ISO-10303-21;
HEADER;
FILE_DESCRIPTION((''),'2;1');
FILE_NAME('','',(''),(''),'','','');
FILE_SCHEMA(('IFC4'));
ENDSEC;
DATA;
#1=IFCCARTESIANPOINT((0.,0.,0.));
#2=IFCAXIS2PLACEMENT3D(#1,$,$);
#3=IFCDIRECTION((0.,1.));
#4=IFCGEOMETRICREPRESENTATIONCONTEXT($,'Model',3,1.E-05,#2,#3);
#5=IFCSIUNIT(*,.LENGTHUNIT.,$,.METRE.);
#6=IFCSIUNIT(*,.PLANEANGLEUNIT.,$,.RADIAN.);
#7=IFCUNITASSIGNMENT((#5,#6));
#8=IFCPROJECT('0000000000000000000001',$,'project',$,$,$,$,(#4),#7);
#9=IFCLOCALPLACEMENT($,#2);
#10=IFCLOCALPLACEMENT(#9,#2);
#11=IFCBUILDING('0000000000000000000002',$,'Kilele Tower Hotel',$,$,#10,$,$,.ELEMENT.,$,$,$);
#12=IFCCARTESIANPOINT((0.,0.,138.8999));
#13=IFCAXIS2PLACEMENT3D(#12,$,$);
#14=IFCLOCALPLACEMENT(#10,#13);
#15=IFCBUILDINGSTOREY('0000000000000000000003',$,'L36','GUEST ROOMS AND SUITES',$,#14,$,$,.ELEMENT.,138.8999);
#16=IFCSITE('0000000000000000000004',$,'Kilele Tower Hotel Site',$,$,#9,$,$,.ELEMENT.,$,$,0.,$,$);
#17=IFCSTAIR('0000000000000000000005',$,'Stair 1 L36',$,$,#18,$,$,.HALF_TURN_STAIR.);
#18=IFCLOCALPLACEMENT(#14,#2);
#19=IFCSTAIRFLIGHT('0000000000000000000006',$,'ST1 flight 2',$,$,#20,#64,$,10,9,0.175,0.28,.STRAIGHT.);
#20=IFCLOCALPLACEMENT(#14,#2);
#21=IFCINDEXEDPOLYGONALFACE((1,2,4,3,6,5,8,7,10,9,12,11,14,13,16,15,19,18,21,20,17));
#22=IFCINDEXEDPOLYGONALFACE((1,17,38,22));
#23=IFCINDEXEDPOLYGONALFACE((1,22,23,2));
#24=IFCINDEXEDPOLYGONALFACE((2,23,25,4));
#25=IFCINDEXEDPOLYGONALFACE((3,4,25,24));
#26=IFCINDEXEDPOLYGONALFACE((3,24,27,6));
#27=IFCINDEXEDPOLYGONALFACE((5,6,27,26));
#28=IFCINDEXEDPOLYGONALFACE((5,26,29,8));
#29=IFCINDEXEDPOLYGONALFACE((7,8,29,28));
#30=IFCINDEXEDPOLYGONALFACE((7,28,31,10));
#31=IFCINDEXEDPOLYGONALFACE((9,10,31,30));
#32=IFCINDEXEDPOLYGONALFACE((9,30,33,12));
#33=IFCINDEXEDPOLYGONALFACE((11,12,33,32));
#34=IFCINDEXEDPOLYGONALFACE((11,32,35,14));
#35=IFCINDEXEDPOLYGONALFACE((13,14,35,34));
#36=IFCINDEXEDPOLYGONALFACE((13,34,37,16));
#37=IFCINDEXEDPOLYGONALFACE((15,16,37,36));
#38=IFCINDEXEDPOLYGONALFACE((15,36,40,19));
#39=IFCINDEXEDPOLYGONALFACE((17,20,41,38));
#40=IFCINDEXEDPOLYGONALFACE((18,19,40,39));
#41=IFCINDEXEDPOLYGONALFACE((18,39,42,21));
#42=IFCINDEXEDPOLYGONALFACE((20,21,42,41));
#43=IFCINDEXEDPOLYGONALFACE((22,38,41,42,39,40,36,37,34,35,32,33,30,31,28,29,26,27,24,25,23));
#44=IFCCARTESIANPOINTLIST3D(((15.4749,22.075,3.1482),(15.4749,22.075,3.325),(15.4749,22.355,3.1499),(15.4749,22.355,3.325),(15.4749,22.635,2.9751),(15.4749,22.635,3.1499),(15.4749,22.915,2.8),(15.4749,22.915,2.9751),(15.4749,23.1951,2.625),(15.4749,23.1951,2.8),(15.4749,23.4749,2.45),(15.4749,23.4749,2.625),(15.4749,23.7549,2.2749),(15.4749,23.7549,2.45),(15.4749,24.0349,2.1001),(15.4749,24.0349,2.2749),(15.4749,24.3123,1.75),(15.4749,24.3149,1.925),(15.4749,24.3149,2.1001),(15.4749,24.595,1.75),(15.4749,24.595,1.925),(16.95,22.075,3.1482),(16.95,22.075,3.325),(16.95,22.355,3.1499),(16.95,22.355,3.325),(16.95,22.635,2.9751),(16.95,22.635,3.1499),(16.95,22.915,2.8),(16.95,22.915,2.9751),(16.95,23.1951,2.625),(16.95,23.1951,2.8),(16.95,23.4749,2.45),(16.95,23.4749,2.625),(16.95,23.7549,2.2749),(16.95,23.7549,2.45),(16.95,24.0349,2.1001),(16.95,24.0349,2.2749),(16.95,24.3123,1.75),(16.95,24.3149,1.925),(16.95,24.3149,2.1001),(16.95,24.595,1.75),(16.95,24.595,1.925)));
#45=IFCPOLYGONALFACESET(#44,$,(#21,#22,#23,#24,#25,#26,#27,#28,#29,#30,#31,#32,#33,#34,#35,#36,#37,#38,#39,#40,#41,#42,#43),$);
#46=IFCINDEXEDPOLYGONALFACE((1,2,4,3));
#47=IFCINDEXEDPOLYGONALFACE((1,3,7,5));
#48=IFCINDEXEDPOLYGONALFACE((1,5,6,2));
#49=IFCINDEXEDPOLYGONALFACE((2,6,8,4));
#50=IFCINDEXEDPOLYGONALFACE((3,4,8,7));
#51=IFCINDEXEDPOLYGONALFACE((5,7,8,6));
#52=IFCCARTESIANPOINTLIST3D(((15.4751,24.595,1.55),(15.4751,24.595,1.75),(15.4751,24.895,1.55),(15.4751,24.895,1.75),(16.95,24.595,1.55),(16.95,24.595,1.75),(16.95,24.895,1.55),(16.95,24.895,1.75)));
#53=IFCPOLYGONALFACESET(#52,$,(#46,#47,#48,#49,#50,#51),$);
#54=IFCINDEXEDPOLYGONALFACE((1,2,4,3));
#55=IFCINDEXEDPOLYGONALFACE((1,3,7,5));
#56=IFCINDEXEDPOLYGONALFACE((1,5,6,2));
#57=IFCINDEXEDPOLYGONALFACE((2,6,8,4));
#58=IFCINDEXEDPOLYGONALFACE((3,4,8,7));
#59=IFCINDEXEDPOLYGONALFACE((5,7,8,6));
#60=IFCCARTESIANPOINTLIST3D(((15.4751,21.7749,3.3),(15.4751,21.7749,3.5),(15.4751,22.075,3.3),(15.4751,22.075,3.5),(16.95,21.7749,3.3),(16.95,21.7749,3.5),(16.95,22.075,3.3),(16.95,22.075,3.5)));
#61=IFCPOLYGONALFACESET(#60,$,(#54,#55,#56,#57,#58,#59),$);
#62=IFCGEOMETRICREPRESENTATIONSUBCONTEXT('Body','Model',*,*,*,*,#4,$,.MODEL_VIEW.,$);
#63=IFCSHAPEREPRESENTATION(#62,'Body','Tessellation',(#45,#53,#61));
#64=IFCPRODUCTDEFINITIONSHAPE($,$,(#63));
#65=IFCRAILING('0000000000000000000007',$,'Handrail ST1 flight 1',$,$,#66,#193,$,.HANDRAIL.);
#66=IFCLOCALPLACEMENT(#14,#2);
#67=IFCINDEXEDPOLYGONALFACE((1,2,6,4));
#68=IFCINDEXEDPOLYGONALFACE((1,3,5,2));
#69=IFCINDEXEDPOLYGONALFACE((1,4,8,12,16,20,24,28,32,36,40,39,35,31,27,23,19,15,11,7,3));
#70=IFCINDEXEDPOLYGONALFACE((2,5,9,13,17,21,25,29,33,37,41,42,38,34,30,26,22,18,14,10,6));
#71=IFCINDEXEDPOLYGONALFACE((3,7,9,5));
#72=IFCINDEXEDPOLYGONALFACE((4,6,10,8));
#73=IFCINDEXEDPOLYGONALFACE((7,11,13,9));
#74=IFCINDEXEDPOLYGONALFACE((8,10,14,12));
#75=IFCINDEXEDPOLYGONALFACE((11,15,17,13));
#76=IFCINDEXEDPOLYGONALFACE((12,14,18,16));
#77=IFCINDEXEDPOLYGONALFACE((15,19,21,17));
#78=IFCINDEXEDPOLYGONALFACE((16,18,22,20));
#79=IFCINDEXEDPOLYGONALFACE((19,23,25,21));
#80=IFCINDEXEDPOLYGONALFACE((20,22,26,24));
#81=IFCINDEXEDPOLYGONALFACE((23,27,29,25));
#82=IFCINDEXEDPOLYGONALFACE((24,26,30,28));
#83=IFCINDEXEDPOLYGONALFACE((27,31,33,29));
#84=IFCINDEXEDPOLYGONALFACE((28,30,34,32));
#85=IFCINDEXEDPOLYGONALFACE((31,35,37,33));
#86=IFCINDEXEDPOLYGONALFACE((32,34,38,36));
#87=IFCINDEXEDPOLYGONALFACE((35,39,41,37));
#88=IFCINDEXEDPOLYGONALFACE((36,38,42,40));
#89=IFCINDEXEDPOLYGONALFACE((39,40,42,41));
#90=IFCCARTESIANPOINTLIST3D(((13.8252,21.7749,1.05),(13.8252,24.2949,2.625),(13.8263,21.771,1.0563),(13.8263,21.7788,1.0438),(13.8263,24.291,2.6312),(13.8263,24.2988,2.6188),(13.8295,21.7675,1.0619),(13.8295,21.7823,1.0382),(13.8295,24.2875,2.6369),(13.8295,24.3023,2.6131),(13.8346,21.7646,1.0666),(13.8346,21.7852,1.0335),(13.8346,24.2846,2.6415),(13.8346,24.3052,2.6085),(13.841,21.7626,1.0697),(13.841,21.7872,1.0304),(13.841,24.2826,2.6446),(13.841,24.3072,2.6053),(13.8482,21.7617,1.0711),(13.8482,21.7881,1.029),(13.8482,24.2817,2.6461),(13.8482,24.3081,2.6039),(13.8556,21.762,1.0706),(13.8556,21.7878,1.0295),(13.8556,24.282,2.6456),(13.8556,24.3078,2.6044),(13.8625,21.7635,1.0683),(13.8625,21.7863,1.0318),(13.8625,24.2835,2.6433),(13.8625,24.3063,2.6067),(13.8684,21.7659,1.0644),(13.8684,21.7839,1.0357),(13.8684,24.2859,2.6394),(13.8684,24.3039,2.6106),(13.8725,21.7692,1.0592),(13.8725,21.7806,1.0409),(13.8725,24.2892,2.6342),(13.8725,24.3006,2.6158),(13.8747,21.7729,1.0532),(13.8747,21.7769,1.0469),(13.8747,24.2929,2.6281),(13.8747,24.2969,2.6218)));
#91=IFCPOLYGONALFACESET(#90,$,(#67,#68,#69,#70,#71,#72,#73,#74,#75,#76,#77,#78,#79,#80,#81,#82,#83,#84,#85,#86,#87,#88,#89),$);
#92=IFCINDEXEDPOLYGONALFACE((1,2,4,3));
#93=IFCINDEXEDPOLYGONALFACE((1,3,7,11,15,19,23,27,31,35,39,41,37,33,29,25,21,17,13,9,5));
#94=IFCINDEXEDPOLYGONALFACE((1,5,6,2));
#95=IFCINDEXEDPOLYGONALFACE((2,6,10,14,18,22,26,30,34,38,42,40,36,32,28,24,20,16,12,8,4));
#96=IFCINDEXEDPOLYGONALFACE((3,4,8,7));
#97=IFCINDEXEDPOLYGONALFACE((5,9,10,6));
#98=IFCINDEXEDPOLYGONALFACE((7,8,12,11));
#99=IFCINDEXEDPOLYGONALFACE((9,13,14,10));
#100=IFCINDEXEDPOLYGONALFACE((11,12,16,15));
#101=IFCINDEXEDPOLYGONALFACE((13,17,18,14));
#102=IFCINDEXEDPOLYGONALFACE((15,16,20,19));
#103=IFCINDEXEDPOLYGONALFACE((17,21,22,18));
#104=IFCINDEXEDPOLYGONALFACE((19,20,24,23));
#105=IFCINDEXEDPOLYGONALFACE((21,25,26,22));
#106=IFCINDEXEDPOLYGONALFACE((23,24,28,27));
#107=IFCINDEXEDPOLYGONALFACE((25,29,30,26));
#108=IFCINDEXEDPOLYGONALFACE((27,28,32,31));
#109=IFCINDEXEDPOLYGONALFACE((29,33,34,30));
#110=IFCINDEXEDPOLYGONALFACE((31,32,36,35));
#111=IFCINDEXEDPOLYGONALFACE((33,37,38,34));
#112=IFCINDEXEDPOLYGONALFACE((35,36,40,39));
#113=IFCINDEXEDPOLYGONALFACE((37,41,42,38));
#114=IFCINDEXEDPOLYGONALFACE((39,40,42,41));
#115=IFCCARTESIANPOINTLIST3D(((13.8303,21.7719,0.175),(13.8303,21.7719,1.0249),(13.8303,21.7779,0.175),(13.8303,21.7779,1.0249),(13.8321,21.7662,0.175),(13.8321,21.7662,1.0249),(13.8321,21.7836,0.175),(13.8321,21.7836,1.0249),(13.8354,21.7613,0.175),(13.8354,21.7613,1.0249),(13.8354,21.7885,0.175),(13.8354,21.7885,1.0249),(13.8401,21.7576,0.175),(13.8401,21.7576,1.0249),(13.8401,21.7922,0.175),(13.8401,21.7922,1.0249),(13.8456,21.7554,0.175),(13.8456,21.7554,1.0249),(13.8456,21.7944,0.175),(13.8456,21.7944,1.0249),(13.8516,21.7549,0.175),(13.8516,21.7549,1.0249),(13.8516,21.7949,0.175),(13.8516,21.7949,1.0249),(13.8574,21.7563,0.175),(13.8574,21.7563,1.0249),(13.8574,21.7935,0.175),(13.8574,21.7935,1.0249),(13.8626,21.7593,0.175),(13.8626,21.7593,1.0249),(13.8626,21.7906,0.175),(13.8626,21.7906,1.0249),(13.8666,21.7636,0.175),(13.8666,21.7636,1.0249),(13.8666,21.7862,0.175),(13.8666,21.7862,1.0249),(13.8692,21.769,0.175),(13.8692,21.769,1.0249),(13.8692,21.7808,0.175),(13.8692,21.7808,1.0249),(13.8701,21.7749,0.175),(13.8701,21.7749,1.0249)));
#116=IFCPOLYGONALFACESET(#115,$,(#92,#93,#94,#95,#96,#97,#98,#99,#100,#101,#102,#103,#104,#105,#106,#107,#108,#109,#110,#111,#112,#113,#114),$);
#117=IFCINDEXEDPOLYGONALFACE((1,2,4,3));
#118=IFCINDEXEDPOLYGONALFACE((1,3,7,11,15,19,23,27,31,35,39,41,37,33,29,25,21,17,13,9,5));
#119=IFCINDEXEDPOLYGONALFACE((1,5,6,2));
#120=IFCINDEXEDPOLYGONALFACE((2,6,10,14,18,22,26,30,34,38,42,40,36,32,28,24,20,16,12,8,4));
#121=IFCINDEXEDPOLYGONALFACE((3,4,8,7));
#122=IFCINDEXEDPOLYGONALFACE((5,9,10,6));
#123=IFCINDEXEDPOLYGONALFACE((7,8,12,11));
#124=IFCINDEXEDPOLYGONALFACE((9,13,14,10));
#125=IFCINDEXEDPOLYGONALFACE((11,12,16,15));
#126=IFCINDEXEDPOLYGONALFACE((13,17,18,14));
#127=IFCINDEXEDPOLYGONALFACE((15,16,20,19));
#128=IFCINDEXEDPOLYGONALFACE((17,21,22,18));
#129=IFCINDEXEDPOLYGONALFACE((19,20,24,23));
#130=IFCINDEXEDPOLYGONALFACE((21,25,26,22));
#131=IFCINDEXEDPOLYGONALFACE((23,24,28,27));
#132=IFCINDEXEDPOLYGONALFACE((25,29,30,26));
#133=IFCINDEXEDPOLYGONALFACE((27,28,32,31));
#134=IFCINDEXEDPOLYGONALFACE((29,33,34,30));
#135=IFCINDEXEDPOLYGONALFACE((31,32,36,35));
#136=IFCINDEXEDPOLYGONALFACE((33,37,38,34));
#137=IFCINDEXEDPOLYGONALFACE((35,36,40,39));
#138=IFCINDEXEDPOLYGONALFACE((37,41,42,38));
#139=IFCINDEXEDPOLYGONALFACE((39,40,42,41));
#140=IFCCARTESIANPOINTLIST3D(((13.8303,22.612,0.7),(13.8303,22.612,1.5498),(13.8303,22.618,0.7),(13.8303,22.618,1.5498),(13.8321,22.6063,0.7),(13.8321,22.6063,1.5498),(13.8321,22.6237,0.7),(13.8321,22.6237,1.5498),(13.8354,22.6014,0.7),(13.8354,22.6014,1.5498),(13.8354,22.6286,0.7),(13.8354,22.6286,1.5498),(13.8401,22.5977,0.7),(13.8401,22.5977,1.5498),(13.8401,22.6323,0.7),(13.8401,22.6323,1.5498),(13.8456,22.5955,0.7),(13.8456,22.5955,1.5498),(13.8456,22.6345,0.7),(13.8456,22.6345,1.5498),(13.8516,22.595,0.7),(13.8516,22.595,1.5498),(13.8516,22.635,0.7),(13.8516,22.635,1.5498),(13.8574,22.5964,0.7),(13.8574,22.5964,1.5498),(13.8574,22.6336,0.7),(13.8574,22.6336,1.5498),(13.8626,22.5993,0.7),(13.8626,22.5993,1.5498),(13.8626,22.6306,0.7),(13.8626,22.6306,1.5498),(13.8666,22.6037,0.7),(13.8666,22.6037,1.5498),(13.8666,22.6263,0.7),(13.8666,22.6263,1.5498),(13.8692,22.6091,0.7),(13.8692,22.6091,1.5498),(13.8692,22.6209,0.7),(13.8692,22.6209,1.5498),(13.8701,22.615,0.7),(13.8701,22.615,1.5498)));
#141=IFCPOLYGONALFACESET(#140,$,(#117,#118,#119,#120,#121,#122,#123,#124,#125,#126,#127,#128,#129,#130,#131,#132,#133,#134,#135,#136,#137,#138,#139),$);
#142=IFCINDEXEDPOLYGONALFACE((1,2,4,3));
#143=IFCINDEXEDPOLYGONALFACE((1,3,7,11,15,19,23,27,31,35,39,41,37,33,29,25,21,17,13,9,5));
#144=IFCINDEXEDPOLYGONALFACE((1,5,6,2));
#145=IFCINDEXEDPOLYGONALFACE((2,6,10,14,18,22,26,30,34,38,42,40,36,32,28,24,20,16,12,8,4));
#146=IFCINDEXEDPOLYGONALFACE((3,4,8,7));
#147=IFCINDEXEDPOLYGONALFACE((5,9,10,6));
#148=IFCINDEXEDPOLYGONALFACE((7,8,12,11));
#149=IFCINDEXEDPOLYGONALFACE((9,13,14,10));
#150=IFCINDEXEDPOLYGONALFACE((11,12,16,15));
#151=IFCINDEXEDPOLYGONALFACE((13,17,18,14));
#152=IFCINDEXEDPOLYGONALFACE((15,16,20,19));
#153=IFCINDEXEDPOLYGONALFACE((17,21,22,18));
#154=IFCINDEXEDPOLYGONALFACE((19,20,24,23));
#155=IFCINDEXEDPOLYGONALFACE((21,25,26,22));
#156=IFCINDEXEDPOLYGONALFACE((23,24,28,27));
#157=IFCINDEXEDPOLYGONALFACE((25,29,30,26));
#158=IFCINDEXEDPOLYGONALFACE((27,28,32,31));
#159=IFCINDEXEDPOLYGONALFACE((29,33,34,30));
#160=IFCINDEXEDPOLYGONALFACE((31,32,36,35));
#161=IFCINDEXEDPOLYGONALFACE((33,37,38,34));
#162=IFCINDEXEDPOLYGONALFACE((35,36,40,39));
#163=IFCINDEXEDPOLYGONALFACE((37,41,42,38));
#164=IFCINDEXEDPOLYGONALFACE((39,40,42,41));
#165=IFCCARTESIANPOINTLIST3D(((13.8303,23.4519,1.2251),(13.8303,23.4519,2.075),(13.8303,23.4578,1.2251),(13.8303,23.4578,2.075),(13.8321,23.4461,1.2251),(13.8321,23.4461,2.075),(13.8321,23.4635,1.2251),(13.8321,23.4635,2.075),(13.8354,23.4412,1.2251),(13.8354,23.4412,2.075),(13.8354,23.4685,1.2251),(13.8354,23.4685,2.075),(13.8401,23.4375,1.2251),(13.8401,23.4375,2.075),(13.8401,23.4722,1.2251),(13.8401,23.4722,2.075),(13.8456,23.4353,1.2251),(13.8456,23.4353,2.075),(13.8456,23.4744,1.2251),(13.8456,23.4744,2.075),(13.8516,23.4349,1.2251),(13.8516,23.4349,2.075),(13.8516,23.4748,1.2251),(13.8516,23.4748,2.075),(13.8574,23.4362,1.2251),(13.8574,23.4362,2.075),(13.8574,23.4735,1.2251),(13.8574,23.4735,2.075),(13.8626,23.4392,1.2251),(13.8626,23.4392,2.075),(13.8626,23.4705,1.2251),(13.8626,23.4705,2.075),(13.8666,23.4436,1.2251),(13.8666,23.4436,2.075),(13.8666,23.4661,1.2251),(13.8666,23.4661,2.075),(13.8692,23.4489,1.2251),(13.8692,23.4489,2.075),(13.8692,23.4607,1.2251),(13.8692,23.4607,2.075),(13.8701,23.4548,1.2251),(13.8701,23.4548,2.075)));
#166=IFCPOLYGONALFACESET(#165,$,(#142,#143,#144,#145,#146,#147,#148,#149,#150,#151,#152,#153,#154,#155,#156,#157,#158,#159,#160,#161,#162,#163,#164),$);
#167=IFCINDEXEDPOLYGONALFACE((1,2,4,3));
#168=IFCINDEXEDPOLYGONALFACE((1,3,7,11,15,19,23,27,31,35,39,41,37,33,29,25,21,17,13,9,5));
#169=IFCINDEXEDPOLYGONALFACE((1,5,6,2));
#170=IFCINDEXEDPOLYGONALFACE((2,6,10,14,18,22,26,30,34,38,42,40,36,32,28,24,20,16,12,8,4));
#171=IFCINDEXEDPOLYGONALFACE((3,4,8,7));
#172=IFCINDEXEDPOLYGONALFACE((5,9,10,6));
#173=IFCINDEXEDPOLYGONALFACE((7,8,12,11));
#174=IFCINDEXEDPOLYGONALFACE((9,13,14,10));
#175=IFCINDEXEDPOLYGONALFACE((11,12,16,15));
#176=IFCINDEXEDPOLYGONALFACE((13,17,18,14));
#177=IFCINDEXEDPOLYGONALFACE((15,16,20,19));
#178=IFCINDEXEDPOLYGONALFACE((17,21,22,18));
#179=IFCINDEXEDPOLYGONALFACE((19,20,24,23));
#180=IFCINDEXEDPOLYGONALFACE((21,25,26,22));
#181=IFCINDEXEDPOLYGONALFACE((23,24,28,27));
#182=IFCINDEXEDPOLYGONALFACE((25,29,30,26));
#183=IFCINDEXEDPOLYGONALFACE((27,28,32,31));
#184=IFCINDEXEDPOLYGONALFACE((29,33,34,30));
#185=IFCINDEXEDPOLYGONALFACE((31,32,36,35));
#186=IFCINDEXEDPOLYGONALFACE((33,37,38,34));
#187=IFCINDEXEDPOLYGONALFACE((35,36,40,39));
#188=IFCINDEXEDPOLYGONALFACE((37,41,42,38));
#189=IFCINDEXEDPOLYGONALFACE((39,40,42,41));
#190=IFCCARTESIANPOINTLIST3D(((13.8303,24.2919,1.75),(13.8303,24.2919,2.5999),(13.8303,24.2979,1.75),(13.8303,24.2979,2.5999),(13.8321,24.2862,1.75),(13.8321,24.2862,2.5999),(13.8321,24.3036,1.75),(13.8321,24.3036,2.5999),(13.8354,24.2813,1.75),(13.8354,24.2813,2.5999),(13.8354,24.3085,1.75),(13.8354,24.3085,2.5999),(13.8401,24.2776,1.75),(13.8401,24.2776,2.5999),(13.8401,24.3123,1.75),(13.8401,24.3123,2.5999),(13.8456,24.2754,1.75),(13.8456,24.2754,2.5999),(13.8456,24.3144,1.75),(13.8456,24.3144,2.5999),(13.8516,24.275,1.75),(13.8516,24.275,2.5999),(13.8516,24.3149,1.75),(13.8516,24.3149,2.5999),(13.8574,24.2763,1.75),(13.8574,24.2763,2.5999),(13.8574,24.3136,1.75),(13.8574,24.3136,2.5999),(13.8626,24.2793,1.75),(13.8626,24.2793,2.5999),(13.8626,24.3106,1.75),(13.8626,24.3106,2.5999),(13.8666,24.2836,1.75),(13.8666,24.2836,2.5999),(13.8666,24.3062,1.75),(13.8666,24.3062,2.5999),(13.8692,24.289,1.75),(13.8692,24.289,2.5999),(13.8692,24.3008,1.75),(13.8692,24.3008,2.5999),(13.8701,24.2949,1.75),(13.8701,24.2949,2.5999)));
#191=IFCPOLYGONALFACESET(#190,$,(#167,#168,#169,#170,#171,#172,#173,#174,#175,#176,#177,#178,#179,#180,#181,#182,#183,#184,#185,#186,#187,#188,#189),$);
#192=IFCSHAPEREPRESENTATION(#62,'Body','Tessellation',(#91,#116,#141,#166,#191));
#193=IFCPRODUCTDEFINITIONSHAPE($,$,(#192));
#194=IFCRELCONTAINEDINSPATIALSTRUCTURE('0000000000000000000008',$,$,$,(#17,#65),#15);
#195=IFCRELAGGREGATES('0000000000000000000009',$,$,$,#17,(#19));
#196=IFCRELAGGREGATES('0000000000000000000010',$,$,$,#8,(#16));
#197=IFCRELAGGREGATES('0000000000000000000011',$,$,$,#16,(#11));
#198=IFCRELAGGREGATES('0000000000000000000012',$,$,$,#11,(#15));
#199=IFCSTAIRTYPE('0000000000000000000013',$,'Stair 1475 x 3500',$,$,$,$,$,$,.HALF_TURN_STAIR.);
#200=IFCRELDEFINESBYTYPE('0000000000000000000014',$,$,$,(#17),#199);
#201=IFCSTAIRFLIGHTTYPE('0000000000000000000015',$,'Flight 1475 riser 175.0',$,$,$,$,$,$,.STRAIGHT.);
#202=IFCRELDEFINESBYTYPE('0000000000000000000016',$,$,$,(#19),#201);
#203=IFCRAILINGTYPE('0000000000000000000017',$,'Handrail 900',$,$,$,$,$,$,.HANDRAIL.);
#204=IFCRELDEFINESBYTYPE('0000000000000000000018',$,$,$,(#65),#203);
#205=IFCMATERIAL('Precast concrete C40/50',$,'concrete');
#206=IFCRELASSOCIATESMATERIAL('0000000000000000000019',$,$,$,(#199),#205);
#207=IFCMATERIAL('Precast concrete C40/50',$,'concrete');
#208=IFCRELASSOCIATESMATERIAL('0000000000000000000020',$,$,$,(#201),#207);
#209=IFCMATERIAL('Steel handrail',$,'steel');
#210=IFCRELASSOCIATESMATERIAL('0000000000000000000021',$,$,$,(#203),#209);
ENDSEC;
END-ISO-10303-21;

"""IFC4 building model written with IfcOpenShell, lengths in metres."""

from ifc_helpers import new_model, si_unit, direction, frame, origin, origin_2d, place, context, subcontext, project, spatial, polyline, circle, outline, extrude, material, type_object, element, aggregate, save


model = new_model("IFC4")

# Units and contexts
model_context = context("Model", 3, precision=1e-05, world=origin(), true_north=direction((0.0, 1.0)))
body_context = subcontext(model_context, "Body", "Model", "MODEL_VIEW")
ifc_project = project(units=[si_unit("LENGTHUNIT", "METRE"), si_unit("PLANEANGLEUNIT", "RADIAN")], contexts=[model_context])

# Site, building, storey
site_placement = place(None, origin())
site = spatial("IfcSite", under=ifc_project, at=site_placement, Name="Kilele Tower Hotel Site", CompositionType="ELEMENT", RefElevation=0.0)
building_placement = place(site_placement, origin())
building = spatial("IfcBuilding", under=site, at=building_placement, Name="Kilele Tower Hotel", CompositionType="ELEMENT")
storey_placement = place(building_placement, frame((0.0, 0.0, 138.8999)))
storey = spatial("IfcBuildingStorey", under=building, at=storey_placement, Name="L36", Description="GUEST ROOMS AND SUITES", CompositionType="ELEMENT", Elevation=138.8999)

# Stair, stair flight
ifc_material_1 = material(Name="Precast concrete C40/50", Category="concrete")
stair_type = type_object("IfcStairType", Name="Stair 1475 x 3500", PredefinedType="HALF_TURN_STAIR", material=ifc_material_1)
stair_placement = place(storey_placement, origin())
stair = element("IfcStair", 1, at=stair_placement, inside=storey, type_object=stair_type, Name="Stair 1 L36", PredefinedType="HALF_TURN_STAIR")
ifc_material_2 = material(Name="Precast concrete C40/50", Category="concrete")
stair_flight_type = type_object("IfcStairFlightType", Name="Flight 1475 riser 175.0", PredefinedType="STRAIGHT", material=ifc_material_2)
stair_flight_1_placement = place(storey_placement, frame((16.2124, 24.595, 1.75), z_axis=(0.0, 0.0, 1.0), x_axis=(0.0, -1.0, 0.0)))
stair_flight_1 = element("IfcStairFlight", 2, at=stair_flight_1_placement, type_object=stair_flight_type, Name="ST1 flight 2", NumberOfRisers=10, NumberOfTreads=9, PredefinedType="STRAIGHT", RiserHeight=0.175, TreadLength=0.28, context=body_context, shape_type="SweptSolid", body=[
    extrude(outline(polyline([(0.0, 0.0), (0.0, 0.175), (0.28, 0.175), (0.28, 0.3501), (0.5601, 0.3501), (0.5601, 0.5249), (0.8401, 0.5249), (0.8401, 0.7), (1.1201, 0.7), (1.1201, 0.875), (1.3999, 0.875), (1.3999, 1.05), (1.6799, 1.05), (1.6799, 1.2251), (1.96, 1.2251), (1.96, 1.3999), (2.24, 1.3999), (2.24, 1.575), (2.52, 1.575), (2.52, 1.75), (2.52, 1.3982), (0.2827, 0.0), (0.0, 0.0)])), frame((0.0, 0.7375, 0.0), z_axis=(0.0, -1.0, 0.0), x_axis=(1.0, 0.0, 0.0)), (0.0, 0.0, 1.0), 1.4751),
    extrude(outline(polyline([(0.0, -0.7373), (0.0, 0.7375), (-0.3, 0.7375), (-0.3, -0.7373), (0.0, -0.7373)])), frame((0.0, 0.0, -0.2)), (0.0, 0.0, 1.0), 0.2),
    extrude(outline(polyline([(2.8201, -0.7373), (2.8201, 0.7375), (2.52, 0.7375), (2.52, -0.7373), (2.8201, -0.7373)])), frame((0.0, 0.0, 1.55)), (0.0, 0.0, 1.0), 0.2),
])
aggregate(stair, [stair_flight_1])

# Railing
ifc_material_3 = material(Name="Steel handrail", Category="steel")
railing_type_1 = type_object("IfcRailingType", Name="Handrail 900", PredefinedType="HANDRAIL", material=ifc_material_3)
for number, where, name in (
    (3, (13.8501, 21.7749, 0.175), "Handrail ST1 flight 1"),
):
    element("IfcRailing", number, at=place(storey_placement, frame(where)), inside=storey, type_object=railing_type_1, Name=name, PredefinedType="HANDRAIL", context=body_context, shape_type="SweptSolid", body=[
        extrude(circle(Radius=0.0249, at=origin_2d()), frame((0.0, 0.0, 0.875), z_axis=(0.0, 0.848008, 0.529984), x_axis=(-1.0, 0.0, 0.0)), (0.0, 0.0, 1.0), 2.9717),
        extrude(circle(Radius=0.02, at=origin_2d()), origin(), (0.0, 0.0, 1.0), 0.8499),
        extrude(circle(Radius=0.02, at=origin_2d()), frame((0.0, 0.8401, 0.5249)), (0.0, 0.0, 1.0), 0.8499),
        extrude(circle(Radius=0.02, at=origin_2d()), frame((0.0, 1.6799, 1.05)), (0.0, 0.0, 1.0), 0.8499),
        extrude(circle(Radius=0.02, at=origin_2d()), frame((0.0, 2.52, 1.575)), (0.0, 0.0, 1.0), 0.8499),
    ])

save(model, "model.ifc")
